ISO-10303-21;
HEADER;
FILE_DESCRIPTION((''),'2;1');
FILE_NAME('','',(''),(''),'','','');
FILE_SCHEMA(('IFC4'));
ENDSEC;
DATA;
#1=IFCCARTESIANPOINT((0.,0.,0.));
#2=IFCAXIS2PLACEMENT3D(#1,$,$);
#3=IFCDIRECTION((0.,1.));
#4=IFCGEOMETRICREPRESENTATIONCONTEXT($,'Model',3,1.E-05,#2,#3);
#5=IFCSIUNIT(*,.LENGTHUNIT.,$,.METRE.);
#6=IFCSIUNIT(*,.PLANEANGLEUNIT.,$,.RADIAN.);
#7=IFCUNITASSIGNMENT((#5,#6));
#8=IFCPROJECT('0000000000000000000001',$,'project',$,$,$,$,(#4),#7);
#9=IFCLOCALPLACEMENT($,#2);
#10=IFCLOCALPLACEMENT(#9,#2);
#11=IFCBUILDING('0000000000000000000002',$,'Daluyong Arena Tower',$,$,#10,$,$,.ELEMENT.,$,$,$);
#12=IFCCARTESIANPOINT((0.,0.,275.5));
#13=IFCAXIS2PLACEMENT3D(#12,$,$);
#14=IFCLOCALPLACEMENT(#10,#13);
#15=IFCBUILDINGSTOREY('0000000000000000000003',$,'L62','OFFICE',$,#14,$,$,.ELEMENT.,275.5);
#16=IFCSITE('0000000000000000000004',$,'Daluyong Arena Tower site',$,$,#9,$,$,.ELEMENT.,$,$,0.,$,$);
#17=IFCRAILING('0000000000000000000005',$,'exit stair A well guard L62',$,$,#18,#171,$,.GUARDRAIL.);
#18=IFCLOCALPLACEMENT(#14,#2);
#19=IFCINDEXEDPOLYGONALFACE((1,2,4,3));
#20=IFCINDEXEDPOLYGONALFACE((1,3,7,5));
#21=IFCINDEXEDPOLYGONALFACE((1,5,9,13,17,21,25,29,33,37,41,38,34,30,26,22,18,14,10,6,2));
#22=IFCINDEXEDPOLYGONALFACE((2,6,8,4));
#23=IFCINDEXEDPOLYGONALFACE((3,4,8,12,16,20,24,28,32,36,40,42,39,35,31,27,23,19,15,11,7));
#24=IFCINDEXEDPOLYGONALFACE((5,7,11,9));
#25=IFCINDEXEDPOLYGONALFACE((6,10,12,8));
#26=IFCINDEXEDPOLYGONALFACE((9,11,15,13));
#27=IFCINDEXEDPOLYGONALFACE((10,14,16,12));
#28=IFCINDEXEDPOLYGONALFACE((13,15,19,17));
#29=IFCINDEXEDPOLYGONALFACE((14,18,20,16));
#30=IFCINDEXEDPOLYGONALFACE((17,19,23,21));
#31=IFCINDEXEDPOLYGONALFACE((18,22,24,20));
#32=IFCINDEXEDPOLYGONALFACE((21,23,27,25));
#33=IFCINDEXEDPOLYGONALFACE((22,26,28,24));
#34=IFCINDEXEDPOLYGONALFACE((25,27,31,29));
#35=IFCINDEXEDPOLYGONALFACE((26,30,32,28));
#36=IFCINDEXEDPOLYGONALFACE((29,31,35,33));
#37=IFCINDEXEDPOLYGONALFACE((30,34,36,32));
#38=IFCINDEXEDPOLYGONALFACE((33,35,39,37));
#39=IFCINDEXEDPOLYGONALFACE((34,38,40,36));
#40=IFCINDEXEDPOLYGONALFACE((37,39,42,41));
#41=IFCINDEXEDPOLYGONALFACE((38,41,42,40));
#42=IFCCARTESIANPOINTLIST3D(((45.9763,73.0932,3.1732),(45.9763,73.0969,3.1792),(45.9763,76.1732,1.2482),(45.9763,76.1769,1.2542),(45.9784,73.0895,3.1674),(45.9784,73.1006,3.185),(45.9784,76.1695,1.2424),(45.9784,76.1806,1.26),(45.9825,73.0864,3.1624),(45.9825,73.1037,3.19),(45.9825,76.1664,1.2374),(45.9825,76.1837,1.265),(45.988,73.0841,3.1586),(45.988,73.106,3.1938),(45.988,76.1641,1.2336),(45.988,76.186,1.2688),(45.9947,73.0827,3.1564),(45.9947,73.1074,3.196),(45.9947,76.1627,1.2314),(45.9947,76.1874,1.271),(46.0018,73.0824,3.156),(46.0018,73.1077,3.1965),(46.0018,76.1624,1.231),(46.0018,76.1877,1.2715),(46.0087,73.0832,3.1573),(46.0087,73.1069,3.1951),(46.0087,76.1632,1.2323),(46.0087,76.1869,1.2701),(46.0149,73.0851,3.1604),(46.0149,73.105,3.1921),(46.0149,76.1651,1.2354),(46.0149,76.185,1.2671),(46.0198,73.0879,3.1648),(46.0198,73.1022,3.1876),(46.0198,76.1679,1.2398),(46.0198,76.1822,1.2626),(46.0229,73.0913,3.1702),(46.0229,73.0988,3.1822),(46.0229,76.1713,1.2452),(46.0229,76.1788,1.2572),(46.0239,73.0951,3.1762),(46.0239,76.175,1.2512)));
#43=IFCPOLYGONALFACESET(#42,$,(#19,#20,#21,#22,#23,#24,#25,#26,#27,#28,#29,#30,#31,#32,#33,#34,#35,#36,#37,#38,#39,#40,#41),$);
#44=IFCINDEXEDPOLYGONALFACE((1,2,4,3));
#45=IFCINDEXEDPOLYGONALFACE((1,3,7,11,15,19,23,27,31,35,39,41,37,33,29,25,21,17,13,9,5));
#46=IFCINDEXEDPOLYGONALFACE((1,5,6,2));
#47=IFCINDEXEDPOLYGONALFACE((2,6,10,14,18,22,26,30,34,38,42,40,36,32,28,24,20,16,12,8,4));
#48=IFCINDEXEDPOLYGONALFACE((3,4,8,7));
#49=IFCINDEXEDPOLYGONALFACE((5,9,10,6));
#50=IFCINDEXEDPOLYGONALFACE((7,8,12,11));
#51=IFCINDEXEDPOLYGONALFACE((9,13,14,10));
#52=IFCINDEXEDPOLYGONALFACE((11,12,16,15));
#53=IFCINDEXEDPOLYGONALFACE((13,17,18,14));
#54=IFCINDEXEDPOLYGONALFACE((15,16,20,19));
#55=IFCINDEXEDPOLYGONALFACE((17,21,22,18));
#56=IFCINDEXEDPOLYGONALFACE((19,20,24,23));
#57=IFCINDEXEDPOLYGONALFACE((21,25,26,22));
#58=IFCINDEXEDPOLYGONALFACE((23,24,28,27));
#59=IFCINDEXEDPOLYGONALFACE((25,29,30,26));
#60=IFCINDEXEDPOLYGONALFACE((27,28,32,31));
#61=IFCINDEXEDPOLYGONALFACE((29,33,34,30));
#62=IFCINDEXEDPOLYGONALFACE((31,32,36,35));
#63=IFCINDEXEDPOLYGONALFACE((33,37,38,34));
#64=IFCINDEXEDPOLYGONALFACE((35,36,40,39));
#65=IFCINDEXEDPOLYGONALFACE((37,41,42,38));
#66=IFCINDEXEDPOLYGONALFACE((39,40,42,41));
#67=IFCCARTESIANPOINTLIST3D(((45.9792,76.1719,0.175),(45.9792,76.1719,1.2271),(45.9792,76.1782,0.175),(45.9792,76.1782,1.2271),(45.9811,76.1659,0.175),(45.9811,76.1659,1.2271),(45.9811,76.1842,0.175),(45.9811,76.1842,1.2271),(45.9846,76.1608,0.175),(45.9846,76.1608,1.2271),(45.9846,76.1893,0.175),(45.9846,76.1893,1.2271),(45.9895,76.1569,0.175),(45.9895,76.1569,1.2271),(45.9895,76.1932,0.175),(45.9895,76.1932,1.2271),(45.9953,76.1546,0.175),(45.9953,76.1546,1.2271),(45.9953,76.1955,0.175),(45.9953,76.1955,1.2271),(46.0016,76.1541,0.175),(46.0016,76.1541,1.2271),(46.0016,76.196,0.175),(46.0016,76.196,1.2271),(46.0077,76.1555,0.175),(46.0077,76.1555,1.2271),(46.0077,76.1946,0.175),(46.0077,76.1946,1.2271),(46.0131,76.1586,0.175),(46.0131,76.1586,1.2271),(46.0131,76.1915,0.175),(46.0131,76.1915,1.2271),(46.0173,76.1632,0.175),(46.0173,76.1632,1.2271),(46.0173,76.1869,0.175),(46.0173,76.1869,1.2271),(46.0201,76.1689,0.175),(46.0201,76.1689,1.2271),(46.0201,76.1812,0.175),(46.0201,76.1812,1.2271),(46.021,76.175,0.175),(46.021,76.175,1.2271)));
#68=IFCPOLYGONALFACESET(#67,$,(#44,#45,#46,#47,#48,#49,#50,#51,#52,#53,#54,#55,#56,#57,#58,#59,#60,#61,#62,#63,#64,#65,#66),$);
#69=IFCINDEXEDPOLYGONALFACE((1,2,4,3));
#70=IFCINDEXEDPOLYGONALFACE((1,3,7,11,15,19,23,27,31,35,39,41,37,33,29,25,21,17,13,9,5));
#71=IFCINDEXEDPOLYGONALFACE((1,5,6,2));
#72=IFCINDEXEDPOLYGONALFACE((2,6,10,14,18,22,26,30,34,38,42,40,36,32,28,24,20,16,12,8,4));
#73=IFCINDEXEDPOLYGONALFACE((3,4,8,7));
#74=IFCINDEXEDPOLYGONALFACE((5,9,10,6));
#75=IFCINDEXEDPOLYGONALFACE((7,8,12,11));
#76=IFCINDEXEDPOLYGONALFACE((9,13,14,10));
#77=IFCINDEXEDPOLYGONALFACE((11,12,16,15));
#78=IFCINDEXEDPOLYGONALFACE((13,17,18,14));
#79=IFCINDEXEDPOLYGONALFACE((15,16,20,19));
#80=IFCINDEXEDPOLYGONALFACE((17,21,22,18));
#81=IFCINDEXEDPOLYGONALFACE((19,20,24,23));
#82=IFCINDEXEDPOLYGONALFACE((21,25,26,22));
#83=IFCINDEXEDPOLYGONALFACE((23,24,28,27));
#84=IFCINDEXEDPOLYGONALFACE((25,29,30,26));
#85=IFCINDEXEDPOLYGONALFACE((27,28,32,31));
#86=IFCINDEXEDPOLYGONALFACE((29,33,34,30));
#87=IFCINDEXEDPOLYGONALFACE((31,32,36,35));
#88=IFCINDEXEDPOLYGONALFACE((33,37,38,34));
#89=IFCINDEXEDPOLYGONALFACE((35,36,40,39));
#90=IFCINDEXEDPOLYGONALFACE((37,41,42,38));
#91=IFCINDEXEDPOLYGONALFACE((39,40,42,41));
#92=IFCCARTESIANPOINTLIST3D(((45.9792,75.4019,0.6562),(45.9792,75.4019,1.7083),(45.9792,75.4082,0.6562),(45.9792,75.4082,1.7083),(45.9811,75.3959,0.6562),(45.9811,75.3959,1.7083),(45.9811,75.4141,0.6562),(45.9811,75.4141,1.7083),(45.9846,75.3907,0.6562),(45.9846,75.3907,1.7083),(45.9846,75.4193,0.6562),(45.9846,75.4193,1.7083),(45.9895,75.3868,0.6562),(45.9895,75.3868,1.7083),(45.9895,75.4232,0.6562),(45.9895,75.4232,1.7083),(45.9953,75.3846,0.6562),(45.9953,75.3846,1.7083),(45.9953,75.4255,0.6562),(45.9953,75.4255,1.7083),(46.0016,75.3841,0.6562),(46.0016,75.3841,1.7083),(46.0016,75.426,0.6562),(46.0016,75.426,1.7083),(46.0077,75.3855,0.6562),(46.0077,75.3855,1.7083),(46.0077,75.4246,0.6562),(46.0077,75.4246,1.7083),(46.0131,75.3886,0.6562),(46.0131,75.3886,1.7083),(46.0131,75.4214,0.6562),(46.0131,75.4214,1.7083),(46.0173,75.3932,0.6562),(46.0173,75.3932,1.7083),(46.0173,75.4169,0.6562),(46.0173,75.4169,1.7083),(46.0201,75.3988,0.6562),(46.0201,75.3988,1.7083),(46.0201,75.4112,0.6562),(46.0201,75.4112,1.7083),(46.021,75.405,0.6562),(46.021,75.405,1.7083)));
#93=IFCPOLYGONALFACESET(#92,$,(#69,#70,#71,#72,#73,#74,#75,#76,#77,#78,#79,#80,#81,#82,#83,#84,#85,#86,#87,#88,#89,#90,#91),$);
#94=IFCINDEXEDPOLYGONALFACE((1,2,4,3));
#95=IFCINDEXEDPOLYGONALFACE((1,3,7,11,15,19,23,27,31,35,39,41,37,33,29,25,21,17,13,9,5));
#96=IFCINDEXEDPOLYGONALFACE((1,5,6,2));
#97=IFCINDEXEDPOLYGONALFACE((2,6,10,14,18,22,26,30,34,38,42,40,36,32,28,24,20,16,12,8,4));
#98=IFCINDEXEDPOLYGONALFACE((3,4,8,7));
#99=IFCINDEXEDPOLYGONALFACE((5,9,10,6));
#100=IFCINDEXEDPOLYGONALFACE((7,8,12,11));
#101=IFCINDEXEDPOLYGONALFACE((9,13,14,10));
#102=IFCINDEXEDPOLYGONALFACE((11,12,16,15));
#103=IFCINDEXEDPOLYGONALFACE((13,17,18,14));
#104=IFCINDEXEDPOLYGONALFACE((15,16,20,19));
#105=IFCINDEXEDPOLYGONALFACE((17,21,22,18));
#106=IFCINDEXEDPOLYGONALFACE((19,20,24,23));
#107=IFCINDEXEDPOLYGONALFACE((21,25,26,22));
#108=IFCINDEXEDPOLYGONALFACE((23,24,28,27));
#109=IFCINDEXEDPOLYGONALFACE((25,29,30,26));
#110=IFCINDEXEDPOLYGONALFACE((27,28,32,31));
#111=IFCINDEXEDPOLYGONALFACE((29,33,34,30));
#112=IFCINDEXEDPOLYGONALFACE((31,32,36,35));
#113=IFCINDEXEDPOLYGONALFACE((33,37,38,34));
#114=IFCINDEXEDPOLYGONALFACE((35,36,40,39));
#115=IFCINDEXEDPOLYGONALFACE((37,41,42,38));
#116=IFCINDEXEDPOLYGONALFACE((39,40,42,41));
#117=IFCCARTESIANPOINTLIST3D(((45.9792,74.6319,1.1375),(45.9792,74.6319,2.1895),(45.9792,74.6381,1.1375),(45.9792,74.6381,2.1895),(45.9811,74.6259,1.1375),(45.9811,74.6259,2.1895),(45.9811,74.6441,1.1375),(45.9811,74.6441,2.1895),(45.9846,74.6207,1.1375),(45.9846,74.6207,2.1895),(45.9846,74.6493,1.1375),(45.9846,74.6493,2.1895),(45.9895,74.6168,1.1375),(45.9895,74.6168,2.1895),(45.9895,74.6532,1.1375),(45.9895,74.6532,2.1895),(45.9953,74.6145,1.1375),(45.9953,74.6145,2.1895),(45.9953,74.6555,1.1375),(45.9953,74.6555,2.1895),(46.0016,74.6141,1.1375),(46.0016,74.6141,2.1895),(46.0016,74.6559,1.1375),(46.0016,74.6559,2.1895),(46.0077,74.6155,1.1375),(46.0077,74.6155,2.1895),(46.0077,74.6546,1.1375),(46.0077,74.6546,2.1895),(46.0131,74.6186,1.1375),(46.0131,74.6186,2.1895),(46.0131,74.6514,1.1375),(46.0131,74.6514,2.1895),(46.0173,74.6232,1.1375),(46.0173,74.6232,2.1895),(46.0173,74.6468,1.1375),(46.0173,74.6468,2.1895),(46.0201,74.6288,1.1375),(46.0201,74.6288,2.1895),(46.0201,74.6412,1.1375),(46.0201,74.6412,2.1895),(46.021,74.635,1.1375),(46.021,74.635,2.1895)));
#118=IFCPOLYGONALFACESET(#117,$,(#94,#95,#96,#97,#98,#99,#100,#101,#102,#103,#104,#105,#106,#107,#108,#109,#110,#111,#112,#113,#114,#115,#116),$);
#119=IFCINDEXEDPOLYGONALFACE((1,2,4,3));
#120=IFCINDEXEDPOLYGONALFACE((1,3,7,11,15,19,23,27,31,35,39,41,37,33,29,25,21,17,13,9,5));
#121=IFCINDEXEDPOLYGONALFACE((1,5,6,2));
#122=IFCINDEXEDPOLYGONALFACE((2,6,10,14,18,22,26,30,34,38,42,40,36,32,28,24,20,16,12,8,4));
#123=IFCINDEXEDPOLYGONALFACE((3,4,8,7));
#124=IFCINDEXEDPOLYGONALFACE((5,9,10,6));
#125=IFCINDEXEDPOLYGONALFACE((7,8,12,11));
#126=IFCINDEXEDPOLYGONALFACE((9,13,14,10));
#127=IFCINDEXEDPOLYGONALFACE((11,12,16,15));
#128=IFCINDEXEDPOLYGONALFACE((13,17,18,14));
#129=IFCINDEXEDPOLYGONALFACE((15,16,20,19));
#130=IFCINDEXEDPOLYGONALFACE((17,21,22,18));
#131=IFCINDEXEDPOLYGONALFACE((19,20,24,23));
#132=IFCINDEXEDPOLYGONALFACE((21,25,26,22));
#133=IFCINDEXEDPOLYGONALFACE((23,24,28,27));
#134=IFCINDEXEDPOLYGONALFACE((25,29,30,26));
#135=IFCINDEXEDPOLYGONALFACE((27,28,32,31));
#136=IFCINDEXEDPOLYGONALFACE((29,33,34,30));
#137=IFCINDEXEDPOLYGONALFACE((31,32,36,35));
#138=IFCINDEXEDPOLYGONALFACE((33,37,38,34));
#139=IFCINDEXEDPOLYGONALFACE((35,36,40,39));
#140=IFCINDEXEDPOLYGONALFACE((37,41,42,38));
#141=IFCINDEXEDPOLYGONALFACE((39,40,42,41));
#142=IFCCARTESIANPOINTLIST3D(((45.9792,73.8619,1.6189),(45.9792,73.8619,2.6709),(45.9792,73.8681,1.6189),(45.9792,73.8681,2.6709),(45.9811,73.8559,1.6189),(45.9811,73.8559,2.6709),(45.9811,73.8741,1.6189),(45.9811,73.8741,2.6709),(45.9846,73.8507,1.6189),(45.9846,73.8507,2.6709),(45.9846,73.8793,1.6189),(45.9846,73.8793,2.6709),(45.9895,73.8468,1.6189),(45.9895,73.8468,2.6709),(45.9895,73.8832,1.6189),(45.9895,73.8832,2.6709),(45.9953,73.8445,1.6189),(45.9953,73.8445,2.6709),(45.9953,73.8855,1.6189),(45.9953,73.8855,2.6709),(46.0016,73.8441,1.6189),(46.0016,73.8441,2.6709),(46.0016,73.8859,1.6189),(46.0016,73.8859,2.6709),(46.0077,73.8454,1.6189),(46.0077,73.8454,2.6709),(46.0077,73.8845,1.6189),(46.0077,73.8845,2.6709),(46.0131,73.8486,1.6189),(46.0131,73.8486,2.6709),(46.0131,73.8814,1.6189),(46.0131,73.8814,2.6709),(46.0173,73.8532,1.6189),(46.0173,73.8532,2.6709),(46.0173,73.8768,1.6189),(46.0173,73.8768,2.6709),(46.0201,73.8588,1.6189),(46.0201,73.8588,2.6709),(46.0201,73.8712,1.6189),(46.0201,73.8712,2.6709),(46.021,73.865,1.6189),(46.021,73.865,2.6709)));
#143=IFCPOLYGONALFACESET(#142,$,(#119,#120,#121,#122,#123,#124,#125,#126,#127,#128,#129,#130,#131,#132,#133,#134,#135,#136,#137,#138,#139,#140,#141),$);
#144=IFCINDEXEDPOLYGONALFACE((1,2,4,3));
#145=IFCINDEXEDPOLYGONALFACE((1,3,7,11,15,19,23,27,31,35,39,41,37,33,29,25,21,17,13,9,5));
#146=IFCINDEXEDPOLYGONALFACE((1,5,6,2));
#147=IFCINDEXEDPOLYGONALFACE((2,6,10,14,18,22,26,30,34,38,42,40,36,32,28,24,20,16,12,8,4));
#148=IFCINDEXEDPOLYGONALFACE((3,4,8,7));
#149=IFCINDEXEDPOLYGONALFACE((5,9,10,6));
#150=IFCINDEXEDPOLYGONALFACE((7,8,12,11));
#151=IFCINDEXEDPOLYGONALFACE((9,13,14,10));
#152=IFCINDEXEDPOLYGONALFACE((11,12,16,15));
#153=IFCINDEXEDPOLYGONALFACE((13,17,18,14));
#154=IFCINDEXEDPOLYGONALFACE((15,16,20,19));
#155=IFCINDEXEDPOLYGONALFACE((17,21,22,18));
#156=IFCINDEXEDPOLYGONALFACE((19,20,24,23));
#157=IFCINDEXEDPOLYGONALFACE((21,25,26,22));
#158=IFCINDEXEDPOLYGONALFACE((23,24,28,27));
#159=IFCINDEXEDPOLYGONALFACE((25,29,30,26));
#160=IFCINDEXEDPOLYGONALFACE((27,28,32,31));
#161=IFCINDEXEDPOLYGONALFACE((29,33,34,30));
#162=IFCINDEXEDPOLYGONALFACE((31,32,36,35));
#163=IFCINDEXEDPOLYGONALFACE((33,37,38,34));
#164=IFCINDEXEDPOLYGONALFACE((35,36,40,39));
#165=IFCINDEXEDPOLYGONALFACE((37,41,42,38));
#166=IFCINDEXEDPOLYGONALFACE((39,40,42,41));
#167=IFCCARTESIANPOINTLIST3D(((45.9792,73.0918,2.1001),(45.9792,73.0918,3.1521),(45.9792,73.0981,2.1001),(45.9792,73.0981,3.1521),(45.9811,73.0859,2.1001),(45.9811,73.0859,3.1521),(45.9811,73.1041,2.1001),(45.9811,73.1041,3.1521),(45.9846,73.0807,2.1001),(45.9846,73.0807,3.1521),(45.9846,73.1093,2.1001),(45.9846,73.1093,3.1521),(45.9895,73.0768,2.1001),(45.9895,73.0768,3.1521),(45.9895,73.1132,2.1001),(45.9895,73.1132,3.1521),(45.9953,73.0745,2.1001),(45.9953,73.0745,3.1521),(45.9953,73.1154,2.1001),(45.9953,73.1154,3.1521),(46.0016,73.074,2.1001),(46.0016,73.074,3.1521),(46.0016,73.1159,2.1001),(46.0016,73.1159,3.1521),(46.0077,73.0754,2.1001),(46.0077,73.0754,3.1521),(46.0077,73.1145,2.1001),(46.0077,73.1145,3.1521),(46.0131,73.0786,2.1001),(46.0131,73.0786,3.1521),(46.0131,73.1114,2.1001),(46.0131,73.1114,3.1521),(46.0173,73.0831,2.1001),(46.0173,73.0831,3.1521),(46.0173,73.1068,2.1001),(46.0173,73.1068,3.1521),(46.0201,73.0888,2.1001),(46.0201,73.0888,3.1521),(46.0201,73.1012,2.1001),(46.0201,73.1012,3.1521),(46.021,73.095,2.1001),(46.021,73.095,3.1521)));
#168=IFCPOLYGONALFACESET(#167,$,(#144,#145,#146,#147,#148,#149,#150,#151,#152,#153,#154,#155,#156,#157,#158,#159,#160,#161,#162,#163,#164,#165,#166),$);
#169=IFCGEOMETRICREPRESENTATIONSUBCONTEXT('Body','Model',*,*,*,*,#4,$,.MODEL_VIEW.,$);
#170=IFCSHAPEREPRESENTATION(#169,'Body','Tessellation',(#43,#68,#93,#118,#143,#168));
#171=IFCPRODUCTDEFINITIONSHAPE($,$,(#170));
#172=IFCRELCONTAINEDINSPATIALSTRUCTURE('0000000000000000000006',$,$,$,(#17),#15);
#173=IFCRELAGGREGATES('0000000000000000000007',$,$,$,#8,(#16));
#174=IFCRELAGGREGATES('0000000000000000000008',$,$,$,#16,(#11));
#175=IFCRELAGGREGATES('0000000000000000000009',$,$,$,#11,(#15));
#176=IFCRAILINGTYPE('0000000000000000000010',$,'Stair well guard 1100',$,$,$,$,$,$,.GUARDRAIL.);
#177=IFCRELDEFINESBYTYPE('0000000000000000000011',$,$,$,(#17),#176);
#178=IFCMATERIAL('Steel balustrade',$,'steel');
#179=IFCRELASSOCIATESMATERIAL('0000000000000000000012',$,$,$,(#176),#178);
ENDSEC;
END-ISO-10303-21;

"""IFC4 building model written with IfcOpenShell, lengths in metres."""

from ifc_helpers import new_model, si_unit, direction, frame, origin, origin_2d, place, context, subcontext, project, spatial, circle, extrude, material, type_object, element, save


model = new_model("IFC4")

# Units and contexts
model_context = context("Model", 3, precision=1e-05, world=origin(), true_north=direction((0.0, 1.0)))
body_context = subcontext(model_context, "Body", "Model", "MODEL_VIEW")
ifc_project = project(units=[si_unit("LENGTHUNIT", "METRE"), si_unit("PLANEANGLEUNIT", "RADIAN")], contexts=[model_context])

# Site, building, storey
site_placement = place(None, origin())
site = spatial("IfcSite", under=ifc_project, at=site_placement, Name="Daluyong Arena Tower site", CompositionType="ELEMENT", RefElevation=0.0)
building_placement = place(site_placement, origin())
building = spatial("IfcBuilding", under=site, at=building_placement, Name="Daluyong Arena Tower", CompositionType="ELEMENT")
storey_placement = place(building_placement, frame((0.0, 0.0, 275.5)))
storey = spatial("IfcBuildingStorey", under=building, at=storey_placement, Name="L62", Description="OFFICE", CompositionType="ELEMENT", Elevation=275.5)

# Railing
ifc_material_1 = material(Name="Steel balustrade", Category="steel")
railing_type_1 = type_object("IfcRailingType", Name="Stair well guard 1100", PredefinedType="GUARDRAIL", material=ifc_material_1)
railing_1_placement = place(storey_placement, frame((46.0, 76.175, 0.175)))
element("IfcRailing", 1, at=railing_1_placement, inside=storey, type_object=railing_type_1, Name="exit stair A well guard L62", PredefinedType="GUARDRAIL", context=body_context, shape_type="SweptSolid", body=[
    extrude(circle(Radius=0.0239, at=origin_2d()), frame((0.0, 0.0, 1.0762), z_axis=(0.0, -0.847998, 0.529999), x_axis=(1.0, 0.0, 0.0)), (0.0, 0.0, 1.0), 3.6321),
    extrude(circle(Radius=0.021, at=origin_2d()), origin(), (0.0, 0.0, 1.0), 1.052),
    extrude(circle(Radius=0.021, at=origin_2d()), frame((0.0, -0.77, 0.4812)), (0.0, 0.0, 1.0), 1.052),
    extrude(circle(Radius=0.021, at=origin_2d()), frame((0.0, -1.54, 0.9624)), (0.0, 0.0, 1.0), 1.052),
    extrude(circle(Radius=0.021, at=origin_2d()), frame((0.0, -2.3101, 1.4438)), (0.0, 0.0, 1.0), 1.052),
    extrude(circle(Radius=0.021, at=origin_2d()), frame((0.0, -3.0801, 1.925)), (0.0, 0.0, 1.0), 1.052),
])

save(model, "model.ifc")
